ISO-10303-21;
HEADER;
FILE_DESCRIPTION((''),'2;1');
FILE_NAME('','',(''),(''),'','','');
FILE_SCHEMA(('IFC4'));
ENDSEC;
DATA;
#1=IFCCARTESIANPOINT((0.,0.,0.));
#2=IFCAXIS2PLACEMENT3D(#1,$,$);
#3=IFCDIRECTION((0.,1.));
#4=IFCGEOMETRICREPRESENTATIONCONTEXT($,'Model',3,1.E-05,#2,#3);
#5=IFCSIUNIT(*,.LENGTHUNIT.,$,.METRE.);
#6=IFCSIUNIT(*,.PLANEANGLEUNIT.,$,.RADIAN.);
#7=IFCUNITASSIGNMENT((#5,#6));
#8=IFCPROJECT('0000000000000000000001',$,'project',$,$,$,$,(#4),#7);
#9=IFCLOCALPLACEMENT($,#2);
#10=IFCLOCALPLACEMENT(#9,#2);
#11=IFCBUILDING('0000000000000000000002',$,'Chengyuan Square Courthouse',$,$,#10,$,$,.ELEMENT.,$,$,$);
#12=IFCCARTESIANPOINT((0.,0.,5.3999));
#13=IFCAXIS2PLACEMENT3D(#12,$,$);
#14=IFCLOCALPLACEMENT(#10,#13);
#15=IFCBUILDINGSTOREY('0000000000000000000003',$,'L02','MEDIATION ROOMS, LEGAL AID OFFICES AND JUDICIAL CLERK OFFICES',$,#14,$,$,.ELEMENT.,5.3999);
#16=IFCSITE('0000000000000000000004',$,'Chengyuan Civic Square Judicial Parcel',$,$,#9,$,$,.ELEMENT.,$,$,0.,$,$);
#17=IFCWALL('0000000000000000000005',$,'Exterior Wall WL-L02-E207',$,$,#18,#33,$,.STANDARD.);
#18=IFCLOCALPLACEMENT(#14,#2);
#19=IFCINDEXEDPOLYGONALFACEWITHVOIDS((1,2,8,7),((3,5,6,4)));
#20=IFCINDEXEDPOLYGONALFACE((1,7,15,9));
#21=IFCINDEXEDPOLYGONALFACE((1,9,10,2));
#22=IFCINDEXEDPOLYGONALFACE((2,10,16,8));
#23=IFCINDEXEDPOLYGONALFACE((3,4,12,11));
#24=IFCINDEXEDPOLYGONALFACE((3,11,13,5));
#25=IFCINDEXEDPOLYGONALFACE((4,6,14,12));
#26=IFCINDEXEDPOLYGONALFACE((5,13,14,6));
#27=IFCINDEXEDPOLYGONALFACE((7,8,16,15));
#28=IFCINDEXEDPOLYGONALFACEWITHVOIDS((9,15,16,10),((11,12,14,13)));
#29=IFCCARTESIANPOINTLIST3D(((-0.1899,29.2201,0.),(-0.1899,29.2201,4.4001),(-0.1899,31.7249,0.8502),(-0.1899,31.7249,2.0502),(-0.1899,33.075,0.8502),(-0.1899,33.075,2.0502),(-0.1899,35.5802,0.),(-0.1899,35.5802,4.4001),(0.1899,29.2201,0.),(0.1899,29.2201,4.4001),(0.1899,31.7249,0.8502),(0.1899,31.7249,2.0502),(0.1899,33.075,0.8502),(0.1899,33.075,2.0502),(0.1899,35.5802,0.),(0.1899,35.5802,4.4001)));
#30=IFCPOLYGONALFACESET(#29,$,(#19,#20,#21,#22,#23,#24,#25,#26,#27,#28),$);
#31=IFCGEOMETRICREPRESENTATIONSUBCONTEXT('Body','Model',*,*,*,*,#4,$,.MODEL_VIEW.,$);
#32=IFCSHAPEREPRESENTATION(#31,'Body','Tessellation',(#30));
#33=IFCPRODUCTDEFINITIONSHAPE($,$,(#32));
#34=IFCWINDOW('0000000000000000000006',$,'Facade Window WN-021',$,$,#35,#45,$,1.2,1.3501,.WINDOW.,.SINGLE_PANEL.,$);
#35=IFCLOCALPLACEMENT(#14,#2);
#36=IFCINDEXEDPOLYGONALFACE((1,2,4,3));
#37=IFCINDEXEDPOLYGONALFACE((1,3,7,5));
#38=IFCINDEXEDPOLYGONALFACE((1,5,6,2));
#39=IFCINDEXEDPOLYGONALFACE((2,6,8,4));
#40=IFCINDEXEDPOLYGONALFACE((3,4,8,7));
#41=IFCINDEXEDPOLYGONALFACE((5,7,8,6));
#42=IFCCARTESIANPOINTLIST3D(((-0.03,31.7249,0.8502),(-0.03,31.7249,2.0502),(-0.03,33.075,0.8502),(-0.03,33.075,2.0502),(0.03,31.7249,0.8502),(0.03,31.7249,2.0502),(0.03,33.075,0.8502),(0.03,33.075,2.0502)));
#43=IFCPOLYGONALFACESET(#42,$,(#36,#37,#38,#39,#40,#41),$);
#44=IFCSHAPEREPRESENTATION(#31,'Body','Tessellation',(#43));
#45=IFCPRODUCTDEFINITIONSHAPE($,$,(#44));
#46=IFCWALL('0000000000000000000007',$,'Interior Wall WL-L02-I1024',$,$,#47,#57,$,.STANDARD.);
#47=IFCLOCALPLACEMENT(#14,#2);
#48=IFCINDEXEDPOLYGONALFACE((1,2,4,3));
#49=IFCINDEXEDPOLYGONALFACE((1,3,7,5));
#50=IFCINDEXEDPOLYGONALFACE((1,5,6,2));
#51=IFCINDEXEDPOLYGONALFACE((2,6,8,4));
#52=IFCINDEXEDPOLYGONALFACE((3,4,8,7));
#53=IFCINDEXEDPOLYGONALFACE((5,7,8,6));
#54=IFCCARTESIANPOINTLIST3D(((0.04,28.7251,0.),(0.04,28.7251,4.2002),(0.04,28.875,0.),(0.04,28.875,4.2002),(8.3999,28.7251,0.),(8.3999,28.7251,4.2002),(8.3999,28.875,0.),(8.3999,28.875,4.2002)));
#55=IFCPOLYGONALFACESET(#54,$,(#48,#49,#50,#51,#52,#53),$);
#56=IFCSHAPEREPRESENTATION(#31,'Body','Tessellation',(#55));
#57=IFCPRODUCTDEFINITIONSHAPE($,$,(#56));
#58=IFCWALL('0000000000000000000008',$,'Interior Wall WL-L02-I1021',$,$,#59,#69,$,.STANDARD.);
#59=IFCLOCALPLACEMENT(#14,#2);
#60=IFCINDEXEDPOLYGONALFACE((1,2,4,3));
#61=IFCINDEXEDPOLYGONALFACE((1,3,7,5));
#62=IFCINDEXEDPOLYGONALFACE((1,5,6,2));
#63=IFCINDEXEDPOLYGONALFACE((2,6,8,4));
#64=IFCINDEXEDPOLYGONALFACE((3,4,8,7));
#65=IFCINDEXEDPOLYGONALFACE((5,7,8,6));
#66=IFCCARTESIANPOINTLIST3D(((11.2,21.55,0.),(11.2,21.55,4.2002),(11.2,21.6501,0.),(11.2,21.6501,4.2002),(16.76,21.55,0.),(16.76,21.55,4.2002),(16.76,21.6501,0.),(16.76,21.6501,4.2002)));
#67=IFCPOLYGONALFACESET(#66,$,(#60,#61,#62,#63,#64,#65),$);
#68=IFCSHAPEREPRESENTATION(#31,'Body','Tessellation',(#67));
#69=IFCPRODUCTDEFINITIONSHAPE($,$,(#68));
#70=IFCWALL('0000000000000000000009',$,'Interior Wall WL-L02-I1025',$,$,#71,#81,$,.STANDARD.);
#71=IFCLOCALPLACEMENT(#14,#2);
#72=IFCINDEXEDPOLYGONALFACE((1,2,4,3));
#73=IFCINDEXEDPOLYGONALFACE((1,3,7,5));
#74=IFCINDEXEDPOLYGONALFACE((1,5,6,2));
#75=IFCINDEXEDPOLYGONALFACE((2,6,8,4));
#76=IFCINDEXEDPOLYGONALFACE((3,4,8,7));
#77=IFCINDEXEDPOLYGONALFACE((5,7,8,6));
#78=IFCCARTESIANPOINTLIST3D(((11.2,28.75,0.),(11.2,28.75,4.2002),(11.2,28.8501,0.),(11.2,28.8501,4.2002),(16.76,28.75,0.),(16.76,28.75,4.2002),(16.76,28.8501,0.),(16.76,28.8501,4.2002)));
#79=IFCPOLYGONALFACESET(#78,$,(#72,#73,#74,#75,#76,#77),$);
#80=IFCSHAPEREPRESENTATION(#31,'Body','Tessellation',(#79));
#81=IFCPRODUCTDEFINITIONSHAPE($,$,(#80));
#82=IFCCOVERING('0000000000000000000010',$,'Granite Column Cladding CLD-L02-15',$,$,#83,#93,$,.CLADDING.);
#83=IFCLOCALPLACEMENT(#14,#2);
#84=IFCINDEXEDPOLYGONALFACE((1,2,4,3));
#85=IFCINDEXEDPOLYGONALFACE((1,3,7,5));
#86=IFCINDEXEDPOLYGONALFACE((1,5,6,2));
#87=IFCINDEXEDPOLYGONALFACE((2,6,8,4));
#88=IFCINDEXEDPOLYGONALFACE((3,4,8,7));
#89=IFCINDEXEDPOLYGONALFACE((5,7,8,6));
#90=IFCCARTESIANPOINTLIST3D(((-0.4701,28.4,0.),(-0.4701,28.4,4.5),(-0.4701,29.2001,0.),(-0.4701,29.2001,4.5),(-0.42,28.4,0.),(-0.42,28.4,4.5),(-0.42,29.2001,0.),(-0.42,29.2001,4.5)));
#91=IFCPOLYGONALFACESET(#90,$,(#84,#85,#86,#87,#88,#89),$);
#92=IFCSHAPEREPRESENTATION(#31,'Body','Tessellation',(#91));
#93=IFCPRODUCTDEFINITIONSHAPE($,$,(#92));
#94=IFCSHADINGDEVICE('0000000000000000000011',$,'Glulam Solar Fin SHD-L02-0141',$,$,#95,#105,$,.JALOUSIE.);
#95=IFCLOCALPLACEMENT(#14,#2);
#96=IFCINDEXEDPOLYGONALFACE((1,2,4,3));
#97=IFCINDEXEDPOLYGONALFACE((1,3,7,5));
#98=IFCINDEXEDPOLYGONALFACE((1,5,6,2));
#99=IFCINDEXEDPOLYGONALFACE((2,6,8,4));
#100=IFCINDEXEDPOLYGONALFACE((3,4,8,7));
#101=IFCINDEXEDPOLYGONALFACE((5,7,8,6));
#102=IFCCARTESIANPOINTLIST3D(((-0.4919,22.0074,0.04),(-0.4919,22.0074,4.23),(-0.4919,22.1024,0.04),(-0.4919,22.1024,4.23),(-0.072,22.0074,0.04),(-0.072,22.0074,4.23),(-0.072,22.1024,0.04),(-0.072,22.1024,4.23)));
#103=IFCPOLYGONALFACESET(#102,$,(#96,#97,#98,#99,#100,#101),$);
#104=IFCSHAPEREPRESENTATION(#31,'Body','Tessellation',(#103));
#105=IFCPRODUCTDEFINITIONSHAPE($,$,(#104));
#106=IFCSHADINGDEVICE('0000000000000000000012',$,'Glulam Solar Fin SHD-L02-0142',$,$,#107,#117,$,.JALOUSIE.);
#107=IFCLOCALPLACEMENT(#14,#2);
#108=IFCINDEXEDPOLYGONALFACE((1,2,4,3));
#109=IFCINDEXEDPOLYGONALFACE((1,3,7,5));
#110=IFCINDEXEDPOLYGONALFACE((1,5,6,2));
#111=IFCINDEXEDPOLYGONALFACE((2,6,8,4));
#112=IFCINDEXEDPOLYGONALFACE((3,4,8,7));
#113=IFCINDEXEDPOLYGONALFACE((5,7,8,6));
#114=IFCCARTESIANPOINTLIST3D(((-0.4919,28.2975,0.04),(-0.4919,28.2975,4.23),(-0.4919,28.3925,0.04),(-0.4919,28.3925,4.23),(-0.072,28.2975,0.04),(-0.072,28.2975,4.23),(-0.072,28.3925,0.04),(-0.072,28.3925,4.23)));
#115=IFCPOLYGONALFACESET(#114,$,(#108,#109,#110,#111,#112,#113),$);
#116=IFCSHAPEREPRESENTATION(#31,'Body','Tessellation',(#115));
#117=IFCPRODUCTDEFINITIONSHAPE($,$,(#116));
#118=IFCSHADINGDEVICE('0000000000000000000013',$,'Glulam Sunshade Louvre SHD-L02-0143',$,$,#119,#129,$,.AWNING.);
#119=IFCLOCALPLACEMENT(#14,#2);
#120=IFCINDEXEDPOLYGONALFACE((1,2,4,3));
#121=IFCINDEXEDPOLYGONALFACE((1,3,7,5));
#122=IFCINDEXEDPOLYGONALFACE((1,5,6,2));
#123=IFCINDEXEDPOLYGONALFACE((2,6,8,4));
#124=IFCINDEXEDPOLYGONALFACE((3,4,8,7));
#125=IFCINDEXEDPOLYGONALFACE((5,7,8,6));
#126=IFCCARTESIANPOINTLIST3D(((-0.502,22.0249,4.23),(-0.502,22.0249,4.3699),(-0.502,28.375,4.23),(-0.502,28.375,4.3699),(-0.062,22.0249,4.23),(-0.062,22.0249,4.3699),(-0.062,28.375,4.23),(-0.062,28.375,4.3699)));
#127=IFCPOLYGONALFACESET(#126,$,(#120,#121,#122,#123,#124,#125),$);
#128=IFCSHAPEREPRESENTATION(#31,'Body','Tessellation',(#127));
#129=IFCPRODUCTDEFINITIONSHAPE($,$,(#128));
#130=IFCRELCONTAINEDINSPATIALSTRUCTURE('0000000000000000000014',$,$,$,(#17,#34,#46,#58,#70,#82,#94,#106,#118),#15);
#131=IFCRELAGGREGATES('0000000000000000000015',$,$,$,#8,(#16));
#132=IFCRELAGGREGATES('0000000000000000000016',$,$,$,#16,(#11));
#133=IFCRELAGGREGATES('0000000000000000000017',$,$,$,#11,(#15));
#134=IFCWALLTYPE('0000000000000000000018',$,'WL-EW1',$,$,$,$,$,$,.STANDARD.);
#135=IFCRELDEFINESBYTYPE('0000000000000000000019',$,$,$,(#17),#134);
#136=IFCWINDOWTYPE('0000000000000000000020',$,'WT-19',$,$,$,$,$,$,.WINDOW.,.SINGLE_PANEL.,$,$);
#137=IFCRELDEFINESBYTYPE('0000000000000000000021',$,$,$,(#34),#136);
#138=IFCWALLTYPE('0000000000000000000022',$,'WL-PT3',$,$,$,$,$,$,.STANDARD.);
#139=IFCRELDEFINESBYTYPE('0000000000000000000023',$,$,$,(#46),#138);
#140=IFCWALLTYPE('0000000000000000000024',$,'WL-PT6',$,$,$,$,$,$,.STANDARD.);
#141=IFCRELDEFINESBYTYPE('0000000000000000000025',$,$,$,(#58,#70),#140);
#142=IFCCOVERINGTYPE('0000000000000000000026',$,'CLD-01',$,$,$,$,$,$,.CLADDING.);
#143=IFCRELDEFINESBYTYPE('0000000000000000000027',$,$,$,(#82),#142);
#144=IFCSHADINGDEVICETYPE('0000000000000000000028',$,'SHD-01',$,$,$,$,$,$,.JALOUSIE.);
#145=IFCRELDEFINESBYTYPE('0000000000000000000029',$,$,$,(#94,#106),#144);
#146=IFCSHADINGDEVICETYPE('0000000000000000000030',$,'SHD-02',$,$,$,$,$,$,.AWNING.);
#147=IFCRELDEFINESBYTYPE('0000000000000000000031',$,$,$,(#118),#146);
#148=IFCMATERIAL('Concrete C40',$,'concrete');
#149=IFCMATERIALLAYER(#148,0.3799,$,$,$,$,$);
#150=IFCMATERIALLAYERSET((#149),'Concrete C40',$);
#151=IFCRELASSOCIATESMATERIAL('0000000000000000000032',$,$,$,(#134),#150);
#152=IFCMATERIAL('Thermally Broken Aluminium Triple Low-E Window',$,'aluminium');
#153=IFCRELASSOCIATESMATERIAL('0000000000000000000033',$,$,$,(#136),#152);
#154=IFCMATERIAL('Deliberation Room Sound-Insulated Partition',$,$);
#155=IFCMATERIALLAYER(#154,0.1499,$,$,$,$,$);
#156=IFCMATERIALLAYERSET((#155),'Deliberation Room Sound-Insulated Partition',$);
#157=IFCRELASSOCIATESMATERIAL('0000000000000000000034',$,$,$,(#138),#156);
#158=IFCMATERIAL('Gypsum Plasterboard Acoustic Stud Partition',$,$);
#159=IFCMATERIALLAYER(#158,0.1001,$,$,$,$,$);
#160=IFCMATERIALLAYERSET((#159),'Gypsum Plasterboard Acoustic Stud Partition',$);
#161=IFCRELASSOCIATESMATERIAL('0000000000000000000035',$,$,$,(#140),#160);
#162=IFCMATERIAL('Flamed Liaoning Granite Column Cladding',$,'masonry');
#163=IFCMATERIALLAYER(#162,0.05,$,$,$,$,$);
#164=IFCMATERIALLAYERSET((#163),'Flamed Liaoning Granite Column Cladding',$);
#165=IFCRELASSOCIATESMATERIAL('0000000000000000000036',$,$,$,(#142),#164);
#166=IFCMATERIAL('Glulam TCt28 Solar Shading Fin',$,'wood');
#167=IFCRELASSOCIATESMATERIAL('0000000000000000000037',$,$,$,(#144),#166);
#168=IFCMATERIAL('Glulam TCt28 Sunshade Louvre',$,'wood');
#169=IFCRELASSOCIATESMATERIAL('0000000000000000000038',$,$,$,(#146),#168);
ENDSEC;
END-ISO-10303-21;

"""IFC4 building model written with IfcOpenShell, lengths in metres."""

from ifc_helpers import new_model, si_unit, direction, frame, frame_2d, origin, origin_2d, place, context, subcontext, project, spatial, rectangle, extrude, material, layer, layer_set, type_object, element, fill, save


model = new_model("IFC4")

# Units and contexts
model_context = context("Model", 3, precision=1e-05, world=origin(), true_north=direction((0.0, 1.0)))
body_context = subcontext(model_context, "Body", "Model", "MODEL_VIEW")
ifc_project = project(units=[si_unit("LENGTHUNIT", "METRE"), si_unit("PLANEANGLEUNIT", "RADIAN")], contexts=[model_context])

# Site, building, storey
site_placement = place(None, origin())
site = spatial("IfcSite", under=ifc_project, at=site_placement, Name="Chengyuan Civic Square Judicial Parcel", CompositionType="ELEMENT", RefElevation=0.0)
building_placement = place(site_placement, origin())
building = spatial("IfcBuilding", under=site, at=building_placement, Name="Chengyuan Square Courthouse", CompositionType="ELEMENT")
storey_placement = place(building_placement, frame((0.0, 0.0, 5.3999)))
storey = spatial("IfcBuildingStorey", under=building, at=storey_placement, Name="L02", Description="MEDIATION ROOMS, LEGAL AID OFFICES AND JUDICIAL CLERK OFFICES", CompositionType="ELEMENT", Elevation=5.3999)

# Shared definitions
ifc_material_1 = material(Name="Concrete C40", Category="concrete")

# Wall, opening, window
ifc_layer_1 = layer(ifc_material_1, 0.3799)
ifc_layer_set_1 = layer_set([ifc_layer_1], Name="Concrete C40")
wall_type_1 = type_object("IfcWallType", Name="WL-EW1", PredefinedType="STANDARD", material=ifc_layer_set_1)
wall_1_placement = place(storey_placement, frame((0.0, 29.22, 0.0), z_axis=(0.0, 0.0, 1.0), x_axis=(0.0, 1.0, 0.0)))
wall_1 = element("IfcWall", 1, at=wall_1_placement, inside=storey, type_object=wall_type_1, Name="Exterior Wall WL-L02-E207", PredefinedType="STANDARD", context=body_context, shape_type="SweptSolid", body=[
    extrude(rectangle(XDim=6.3601, YDim=0.3799, at=frame_2d((3.1802, 0.0))), origin(), (0.0, 0.0, 1.0), 4.4001),
])
opening_placement = place(wall_1_placement, frame((2.5049, 0.0, 0.8501)))
opening = element("IfcOpeningElement", 2, at=opening_placement, cuts=wall_1, PredefinedType="OPENING", context=body_context, shape_type="SweptSolid", body=[
    extrude(rectangle(XDim=1.3501, YDim=1.2, at=frame_2d((0.675, 0.6001))), frame((0.0, 0.2019, 0.0), z_axis=(0.0, -1.0, 0.0), x_axis=(1.0, 0.0, 0.0)), (0.0, 0.0, 1.0), 0.4038),
])
ifc_material_2 = material(Name="Thermally Broken Aluminium Triple Low-E Window", Category="aluminium")
window_type = type_object("IfcWindowType", Name="WT-19", PartitioningType="SINGLE_PANEL", PredefinedType="WINDOW", material=ifc_material_2)
window_placement = place(opening_placement, origin())
window = element("IfcWindow", 3, at=window_placement, inside=storey, type_object=window_type, Name="Facade Window WN-021", OverallHeight=1.2, OverallWidth=1.3501, PartitioningType="SINGLE_PANEL", PredefinedType="WINDOW", context=body_context, shape_type="SweptSolid", body=[
    extrude(rectangle(XDim=1.3501, YDim=1.2, at=frame_2d((0.675, 0.6001))), frame((0.0, 0.03, 0.0), z_axis=(0.0, -1.0, 0.0), x_axis=(1.0, 0.0, 0.0)), (0.0, 0.0, 1.0), 0.0601),
])
fill(opening, window)

# Walls
ifc_material_3 = material(Name="Deliberation Room Sound-Insulated Partition")
ifc_layer_2 = layer(ifc_material_3, 0.1499)
ifc_layer_set_2 = layer_set([ifc_layer_2], Name="Deliberation Room Sound-Insulated Partition")
wall_type_2 = type_object("IfcWallType", Name="WL-PT3", PredefinedType="STANDARD", material=ifc_layer_set_2)
wall_2_placement = place(storey_placement, frame((0.04, 28.8, 0.0), z_axis=(0.0, 0.0, 1.0), x_axis=(1.0, 0.0, 0.0)))
element("IfcWall", 4, at=wall_2_placement, inside=storey, type_object=wall_type_2, Name="Interior Wall WL-L02-I1024", PredefinedType="STANDARD", context=body_context, shape_type="SweptSolid", body=[
    extrude(rectangle(XDim=8.3599, YDim=0.1499, at=frame_2d((4.1799, 0.0))), origin(), (0.0, 0.0, 1.0), 4.2002),
])
ifc_material_4 = material(Name="Gypsum Plasterboard Acoustic Stud Partition")
ifc_layer_3 = layer(ifc_material_4, 0.1001)
ifc_layer_set_3 = layer_set([ifc_layer_3], Name="Gypsum Plasterboard Acoustic Stud Partition")
wall_type_3 = type_object("IfcWallType", Name="WL-PT6", PredefinedType="STANDARD", material=ifc_layer_set_3)
for number, where, z_axis, x_axis, name in (
    (5, (11.2, 21.6001, 0.0), (0.0, 0.0, 1.0), (1.0, 0.0, 0.0), "Interior Wall WL-L02-I1021"),
    (6, (11.2, 28.8, 0.0), (0.0, 0.0, 1.0), (1.0, 0.0, 0.0), "Interior Wall WL-L02-I1025"),
):
    element("IfcWall", number, at=place(storey_placement, frame(where, z_axis=z_axis, x_axis=x_axis)), inside=storey, type_object=wall_type_3, Name=name, PredefinedType="STANDARD", context=body_context, shape_type="SweptSolid", body=[
        extrude(rectangle(XDim=5.5601, YDim=0.1001, at=frame_2d((2.78, 0.0))), origin(), (0.0, 0.0, 1.0), 4.2002),
    ])

# Covering
ifc_material_5 = material(Name="Flamed Liaoning Granite Column Cladding", Category="masonry")
ifc_layer_4 = layer(ifc_material_5, 0.05)
ifc_layer_set_4 = layer_set([ifc_layer_4], Name="Flamed Liaoning Granite Column Cladding")
covering_type = type_object("IfcCoveringType", Name="CLD-01", PredefinedType="CLADDING", material=ifc_layer_set_4)
covering_placement = place(storey_placement, frame((-0.4451, 28.8, 0.0), z_axis=(0.0, 0.0, 1.0), x_axis=(1.0, 0.0, 0.0)))
element("IfcCovering", 7, at=covering_placement, inside=storey, type_object=covering_type, Name="Granite Column Cladding CLD-L02-15", PredefinedType="CLADDING", context=body_context, shape_type="SweptSolid", body=[
    extrude(rectangle(XDim=0.05, YDim=0.8, at=origin_2d()), origin(), (0.0, 0.0, 1.0), 4.5),
])

# Shading devices
ifc_material_6 = material(Name="Glulam TCt28 Solar Shading Fin", Category="wood")
shading_device_type_1 = type_object("IfcShadingDeviceType", Name="SHD-01", PredefinedType="JALOUSIE", material=ifc_material_6)
for number, where, z_axis, x_axis, name in (
    (8, (-0.282, 22.0549, 0.04), (0.0, 0.0, 1.0), (1.0, 0.0, 0.0), "Glulam Solar Fin SHD-L02-0141"),
    (9, (-0.282, 28.345, 0.04), (0.0, 0.0, 1.0), (1.0, 0.0, 0.0), "Glulam Solar Fin SHD-L02-0142"),
):
    element("IfcShadingDevice", number, at=place(storey_placement, frame(where, z_axis=z_axis, x_axis=x_axis)), inside=storey, type_object=shading_device_type_1, Name=name, PredefinedType="JALOUSIE", context=body_context, shape_type="SweptSolid", body=[
        extrude(rectangle(XDim=0.4199, YDim=0.095, at=origin_2d()), origin(), (0.0, 0.0, 1.0), 4.1899),
    ])
ifc_material_7 = material(Name="Glulam TCt28 Sunshade Louvre", Category="wood")
shading_device_type_2 = type_object("IfcShadingDeviceType", Name="SHD-02", PredefinedType="AWNING", material=ifc_material_7)
shading_device_placement = place(storey_placement, frame((-0.282, 25.2, 4.23), z_axis=(0.0, 0.0, 1.0), x_axis=(0.0, 1.0, 0.0)))
element("IfcShadingDevice", 10, at=shading_device_placement, inside=storey, type_object=shading_device_type_2, Name="Glulam Sunshade Louvre SHD-L02-0143", PredefinedType="AWNING", context=body_context, shape_type="SweptSolid", body=[
    extrude(rectangle(XDim=6.3501, YDim=0.4399, at=origin_2d()), origin(), (0.0, 0.0, 1.0), 0.1399),
])

save(model, "model.ifc")
